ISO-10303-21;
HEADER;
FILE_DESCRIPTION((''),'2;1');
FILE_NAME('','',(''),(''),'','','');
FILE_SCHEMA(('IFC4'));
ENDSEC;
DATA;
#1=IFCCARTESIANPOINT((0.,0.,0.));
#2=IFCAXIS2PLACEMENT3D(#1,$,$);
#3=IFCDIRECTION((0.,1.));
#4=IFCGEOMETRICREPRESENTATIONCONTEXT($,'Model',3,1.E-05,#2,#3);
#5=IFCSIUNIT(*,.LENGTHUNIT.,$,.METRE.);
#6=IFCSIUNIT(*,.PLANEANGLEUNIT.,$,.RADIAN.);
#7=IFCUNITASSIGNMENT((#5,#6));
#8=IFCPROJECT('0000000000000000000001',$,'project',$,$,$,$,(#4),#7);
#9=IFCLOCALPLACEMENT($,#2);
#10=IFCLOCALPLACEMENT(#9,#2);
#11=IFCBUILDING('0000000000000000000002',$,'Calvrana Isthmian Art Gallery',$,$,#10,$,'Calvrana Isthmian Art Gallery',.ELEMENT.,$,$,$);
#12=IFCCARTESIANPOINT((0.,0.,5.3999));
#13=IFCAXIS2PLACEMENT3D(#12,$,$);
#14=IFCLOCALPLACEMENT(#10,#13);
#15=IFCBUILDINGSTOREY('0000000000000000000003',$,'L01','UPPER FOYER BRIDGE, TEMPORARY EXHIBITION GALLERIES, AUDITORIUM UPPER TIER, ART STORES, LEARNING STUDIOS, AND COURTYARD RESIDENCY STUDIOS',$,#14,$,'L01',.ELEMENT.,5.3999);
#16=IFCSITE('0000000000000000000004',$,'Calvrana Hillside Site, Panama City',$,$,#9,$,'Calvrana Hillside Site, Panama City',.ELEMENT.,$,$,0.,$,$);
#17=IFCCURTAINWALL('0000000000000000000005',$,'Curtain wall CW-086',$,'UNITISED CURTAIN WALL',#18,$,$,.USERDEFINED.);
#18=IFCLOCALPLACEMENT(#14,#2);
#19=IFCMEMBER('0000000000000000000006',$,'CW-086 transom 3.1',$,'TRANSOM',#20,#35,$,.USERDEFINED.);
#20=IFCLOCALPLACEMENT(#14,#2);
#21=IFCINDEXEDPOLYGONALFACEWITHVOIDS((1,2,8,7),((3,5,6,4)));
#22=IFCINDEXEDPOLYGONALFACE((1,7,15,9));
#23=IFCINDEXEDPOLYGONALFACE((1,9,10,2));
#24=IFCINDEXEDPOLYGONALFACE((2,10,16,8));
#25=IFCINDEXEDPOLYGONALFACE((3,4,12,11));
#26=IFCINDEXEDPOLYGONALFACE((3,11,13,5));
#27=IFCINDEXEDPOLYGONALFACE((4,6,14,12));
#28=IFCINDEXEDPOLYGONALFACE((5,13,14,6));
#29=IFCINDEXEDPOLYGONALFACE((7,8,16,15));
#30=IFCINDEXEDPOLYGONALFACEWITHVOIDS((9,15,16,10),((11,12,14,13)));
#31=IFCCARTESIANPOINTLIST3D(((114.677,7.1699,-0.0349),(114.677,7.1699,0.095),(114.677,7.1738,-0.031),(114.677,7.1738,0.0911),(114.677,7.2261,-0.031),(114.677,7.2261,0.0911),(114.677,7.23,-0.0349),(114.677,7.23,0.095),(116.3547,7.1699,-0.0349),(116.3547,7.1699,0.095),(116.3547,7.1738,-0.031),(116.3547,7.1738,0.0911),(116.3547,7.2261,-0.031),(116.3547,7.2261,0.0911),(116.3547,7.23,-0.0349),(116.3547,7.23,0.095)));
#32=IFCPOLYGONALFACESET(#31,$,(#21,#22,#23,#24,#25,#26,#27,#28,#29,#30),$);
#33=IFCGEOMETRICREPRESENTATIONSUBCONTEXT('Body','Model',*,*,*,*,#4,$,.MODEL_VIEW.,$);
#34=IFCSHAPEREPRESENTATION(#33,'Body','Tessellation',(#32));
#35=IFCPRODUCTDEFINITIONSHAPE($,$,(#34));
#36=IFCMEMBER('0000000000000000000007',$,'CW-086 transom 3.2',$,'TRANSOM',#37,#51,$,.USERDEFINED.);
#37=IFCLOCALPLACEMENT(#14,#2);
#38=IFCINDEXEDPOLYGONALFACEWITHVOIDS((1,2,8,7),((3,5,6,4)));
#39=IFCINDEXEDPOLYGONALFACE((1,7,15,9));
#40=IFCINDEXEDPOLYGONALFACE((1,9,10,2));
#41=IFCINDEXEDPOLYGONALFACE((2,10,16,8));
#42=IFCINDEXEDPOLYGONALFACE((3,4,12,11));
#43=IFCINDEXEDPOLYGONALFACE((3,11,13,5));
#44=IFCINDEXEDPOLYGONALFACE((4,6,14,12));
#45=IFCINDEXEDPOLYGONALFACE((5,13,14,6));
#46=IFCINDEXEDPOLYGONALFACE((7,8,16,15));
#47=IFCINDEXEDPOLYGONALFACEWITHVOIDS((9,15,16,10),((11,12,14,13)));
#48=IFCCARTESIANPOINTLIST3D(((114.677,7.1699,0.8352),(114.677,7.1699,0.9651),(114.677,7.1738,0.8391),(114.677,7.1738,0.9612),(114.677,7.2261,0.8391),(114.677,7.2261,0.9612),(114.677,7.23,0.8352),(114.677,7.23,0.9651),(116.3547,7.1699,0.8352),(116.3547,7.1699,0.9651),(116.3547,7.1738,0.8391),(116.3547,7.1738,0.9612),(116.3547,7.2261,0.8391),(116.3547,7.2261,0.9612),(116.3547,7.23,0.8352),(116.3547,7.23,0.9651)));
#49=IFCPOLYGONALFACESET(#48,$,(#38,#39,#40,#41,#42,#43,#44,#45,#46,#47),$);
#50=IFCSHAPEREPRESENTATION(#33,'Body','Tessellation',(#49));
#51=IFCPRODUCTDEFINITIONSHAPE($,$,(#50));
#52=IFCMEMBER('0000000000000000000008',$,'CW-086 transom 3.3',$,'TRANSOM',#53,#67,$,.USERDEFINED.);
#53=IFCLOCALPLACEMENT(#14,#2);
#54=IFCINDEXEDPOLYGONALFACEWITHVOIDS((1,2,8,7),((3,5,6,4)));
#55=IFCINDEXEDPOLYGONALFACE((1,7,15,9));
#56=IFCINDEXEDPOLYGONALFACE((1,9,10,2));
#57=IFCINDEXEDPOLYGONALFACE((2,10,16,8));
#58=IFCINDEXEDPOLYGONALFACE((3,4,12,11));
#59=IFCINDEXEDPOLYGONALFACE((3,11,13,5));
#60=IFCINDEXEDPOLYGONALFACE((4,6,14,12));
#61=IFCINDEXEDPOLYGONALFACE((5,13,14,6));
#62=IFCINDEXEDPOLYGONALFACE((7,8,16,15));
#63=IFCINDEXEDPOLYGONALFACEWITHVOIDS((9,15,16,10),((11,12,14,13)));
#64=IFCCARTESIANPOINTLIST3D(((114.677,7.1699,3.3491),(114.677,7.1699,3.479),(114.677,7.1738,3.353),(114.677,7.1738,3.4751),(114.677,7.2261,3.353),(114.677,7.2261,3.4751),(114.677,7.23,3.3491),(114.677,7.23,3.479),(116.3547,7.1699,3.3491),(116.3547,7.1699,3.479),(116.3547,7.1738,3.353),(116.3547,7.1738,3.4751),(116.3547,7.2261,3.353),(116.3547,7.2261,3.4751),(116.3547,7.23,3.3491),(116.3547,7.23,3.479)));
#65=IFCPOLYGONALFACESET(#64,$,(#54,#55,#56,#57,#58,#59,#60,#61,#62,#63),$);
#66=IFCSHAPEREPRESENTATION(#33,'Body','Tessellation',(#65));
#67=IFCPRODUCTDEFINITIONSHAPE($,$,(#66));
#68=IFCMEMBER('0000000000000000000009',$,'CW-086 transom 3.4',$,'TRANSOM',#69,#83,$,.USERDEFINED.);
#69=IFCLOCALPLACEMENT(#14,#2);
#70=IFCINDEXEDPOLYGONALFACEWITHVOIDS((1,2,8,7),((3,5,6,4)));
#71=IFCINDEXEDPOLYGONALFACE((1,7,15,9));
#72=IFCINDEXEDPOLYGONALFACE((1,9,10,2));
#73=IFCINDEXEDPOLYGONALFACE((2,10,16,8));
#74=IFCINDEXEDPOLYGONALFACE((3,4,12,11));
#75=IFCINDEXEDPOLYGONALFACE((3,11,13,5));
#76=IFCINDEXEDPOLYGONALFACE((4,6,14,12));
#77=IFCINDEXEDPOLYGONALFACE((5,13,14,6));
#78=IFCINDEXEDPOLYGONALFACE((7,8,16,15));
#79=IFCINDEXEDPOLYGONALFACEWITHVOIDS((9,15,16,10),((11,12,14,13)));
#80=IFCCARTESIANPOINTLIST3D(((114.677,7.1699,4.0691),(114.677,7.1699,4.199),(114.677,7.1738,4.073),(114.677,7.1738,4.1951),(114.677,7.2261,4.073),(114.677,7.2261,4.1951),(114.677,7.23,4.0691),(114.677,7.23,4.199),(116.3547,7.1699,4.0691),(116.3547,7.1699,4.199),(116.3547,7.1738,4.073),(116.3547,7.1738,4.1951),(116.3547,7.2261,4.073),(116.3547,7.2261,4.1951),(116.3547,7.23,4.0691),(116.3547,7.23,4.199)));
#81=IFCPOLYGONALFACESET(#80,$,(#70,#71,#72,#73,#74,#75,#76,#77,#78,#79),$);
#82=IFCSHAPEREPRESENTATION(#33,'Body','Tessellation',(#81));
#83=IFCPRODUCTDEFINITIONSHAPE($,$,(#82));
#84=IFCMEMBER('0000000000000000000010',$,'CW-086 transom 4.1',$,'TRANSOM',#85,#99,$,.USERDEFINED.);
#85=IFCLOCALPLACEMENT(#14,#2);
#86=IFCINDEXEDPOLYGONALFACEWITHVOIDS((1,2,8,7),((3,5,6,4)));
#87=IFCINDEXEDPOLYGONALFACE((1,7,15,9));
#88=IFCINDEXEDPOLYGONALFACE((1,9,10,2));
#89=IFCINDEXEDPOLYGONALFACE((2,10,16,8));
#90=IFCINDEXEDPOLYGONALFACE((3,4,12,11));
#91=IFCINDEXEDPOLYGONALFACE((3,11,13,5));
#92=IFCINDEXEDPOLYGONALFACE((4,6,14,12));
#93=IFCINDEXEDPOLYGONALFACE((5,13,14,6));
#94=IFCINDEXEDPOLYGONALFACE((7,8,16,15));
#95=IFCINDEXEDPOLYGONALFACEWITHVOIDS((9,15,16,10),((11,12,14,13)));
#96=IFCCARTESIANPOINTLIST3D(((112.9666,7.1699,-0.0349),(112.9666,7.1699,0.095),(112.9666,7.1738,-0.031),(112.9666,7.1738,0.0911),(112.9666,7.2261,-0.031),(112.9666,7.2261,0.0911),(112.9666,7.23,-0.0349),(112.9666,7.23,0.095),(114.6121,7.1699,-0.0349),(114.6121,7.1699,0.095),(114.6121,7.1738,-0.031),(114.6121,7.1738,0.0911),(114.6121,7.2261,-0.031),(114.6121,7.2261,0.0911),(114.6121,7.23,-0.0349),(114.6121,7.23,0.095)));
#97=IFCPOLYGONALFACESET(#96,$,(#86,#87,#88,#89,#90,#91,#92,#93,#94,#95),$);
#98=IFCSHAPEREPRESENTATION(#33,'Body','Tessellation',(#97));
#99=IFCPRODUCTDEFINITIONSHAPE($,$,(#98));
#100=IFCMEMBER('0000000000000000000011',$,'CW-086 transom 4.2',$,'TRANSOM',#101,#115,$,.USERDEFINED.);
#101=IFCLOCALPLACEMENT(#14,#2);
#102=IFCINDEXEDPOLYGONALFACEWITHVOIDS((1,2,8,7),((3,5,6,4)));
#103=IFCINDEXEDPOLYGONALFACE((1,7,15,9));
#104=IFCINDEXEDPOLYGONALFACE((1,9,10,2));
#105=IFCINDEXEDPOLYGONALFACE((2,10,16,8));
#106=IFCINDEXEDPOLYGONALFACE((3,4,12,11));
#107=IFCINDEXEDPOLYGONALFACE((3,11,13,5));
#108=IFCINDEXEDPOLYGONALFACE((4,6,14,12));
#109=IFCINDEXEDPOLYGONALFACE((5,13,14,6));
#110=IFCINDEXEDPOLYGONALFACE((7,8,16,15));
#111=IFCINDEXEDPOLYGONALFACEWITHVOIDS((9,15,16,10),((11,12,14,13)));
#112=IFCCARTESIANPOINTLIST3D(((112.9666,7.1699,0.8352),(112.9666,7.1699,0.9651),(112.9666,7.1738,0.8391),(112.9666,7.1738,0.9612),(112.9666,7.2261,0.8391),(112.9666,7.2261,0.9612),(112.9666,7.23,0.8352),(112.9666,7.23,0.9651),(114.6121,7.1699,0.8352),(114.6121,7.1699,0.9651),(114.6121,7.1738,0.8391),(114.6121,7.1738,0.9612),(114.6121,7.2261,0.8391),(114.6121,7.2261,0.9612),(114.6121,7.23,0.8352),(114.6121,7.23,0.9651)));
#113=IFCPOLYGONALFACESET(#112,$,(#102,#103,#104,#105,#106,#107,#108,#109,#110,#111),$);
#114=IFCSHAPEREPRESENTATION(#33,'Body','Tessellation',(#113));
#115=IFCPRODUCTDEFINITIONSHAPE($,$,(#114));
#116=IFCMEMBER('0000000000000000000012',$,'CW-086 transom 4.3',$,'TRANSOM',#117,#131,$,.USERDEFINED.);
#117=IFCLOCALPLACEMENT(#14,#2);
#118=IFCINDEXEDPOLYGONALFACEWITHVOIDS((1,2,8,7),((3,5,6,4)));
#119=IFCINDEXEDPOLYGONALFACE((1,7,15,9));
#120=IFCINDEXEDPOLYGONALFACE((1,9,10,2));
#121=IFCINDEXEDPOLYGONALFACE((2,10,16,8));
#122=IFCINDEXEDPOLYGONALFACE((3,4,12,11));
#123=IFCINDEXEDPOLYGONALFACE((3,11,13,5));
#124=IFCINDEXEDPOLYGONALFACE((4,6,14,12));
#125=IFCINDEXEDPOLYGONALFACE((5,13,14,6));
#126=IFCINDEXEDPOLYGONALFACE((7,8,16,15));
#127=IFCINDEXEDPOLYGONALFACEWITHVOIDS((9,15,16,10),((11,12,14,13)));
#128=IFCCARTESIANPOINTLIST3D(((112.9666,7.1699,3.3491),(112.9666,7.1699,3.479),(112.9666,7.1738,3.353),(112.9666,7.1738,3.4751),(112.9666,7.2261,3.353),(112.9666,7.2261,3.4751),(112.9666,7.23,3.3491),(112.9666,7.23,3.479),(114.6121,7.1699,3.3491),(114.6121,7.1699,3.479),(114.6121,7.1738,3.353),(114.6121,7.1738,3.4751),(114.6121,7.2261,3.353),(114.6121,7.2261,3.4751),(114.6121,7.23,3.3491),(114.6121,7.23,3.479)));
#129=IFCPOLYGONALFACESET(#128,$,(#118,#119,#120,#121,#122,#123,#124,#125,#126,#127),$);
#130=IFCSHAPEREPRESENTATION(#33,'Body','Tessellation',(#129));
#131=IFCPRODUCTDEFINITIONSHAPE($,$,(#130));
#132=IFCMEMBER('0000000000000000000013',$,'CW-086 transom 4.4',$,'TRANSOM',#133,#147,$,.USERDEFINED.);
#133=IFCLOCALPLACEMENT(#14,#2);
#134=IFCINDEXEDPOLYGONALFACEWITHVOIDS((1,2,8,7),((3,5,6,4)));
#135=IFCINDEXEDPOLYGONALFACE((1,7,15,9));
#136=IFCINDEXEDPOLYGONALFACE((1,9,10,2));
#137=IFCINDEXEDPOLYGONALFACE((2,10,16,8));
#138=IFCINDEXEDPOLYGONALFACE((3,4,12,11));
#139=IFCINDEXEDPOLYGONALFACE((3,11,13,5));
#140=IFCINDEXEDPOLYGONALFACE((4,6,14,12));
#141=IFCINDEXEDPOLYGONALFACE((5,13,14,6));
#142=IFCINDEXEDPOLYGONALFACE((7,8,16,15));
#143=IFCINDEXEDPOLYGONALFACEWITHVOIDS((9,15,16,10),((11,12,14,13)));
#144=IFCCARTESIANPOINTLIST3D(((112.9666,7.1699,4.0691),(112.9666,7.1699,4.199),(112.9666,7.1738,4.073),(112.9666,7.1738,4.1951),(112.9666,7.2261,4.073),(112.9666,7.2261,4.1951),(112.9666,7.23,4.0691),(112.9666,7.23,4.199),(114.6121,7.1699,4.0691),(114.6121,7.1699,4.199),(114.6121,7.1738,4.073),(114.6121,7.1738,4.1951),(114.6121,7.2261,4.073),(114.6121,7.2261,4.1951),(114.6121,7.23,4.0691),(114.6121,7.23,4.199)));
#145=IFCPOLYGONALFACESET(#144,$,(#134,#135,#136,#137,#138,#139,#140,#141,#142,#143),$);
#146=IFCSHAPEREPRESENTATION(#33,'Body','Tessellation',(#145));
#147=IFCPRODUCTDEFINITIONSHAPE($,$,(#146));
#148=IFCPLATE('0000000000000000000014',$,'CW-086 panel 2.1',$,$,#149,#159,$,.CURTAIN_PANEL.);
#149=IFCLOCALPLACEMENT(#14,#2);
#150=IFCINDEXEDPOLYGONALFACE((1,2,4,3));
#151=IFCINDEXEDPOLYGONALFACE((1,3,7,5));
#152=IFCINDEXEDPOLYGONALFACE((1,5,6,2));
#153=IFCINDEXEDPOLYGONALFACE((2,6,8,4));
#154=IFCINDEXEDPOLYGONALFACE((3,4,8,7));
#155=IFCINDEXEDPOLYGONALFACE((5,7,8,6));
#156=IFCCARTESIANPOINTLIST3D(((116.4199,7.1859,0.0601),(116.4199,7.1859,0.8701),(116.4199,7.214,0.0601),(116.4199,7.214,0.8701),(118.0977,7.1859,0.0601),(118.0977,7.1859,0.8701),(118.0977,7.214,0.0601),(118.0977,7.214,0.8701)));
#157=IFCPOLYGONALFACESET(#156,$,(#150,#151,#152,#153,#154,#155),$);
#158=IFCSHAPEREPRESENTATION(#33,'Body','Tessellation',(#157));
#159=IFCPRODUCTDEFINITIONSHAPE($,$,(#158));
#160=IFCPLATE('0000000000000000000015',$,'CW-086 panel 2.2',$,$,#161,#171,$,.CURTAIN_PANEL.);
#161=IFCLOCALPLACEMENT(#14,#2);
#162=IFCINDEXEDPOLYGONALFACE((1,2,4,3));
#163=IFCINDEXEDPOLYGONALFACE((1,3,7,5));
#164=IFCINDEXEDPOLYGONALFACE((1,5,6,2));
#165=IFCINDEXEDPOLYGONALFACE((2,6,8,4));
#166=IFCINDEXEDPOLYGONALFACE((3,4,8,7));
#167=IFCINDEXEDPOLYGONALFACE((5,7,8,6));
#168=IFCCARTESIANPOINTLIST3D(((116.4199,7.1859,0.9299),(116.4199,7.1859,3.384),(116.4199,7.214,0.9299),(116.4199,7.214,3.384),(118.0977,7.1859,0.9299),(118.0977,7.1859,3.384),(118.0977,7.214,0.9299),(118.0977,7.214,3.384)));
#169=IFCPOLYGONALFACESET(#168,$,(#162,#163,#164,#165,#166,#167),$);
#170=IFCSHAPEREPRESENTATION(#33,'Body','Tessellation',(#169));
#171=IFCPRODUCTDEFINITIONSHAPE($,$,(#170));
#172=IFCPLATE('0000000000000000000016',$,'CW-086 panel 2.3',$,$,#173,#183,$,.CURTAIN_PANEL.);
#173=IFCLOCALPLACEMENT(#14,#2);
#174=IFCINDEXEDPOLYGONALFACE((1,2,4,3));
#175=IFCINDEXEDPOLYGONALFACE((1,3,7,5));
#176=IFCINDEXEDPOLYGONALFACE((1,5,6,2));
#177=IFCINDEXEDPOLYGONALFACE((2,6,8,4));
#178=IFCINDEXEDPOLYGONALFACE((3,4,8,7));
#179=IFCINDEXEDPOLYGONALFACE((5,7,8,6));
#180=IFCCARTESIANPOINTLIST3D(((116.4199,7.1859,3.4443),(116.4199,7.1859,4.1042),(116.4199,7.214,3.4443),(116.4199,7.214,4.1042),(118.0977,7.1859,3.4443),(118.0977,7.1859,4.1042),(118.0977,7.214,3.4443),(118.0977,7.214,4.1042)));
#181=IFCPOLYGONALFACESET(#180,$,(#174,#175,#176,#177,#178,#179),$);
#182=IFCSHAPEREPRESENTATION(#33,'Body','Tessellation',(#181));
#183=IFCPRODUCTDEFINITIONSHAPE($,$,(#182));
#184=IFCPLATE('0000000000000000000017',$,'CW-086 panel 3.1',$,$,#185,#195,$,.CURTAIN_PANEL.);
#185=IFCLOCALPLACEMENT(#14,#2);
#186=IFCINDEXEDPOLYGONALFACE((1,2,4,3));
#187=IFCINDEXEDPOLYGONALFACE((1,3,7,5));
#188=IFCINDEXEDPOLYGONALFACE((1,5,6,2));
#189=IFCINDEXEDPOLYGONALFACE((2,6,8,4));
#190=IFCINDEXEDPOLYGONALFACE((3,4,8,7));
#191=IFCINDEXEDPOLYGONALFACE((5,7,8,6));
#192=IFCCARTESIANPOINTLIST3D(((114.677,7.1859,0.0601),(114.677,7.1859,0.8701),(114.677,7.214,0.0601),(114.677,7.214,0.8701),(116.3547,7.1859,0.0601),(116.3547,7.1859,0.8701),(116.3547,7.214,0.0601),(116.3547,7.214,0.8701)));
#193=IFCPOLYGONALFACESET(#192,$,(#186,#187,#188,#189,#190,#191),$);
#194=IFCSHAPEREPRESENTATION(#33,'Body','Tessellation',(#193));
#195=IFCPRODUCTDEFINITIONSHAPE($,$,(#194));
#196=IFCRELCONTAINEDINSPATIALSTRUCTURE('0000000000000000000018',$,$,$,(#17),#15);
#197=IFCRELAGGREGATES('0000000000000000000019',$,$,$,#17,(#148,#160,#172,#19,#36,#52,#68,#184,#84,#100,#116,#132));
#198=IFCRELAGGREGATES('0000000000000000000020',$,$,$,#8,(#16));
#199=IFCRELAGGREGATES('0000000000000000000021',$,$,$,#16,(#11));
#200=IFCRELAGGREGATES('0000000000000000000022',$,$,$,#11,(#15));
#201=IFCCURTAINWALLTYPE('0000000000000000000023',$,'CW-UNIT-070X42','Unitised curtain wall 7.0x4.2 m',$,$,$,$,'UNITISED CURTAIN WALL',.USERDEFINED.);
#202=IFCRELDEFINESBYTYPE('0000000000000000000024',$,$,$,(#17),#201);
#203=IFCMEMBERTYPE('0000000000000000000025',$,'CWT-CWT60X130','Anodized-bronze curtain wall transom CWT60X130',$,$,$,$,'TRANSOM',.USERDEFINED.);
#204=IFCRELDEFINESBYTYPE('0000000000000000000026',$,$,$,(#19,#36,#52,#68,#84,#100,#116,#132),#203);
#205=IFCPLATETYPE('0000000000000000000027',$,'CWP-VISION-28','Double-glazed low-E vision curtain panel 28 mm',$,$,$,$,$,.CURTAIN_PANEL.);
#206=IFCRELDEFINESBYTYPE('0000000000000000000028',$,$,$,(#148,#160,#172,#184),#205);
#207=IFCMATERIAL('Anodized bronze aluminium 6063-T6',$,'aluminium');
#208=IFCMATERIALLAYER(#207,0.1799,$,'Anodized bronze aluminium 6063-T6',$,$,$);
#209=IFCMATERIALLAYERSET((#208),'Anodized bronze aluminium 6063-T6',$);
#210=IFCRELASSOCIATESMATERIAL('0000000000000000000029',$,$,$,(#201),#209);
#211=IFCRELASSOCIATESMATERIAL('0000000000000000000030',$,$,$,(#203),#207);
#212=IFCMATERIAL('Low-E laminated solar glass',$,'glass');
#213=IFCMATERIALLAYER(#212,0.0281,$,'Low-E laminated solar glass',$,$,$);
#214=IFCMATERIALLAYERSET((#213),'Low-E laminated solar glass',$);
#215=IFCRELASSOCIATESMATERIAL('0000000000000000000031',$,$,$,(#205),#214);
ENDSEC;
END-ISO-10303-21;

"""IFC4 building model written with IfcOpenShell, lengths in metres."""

from ifc_helpers import new_model, si_unit, direction, frame, origin, origin_2d, place, context, subcontext, project, spatial, rectangle, hollow_rectangle, extrude, material, layer, layer_set, material_profile, profile_set, type_object, element, aggregate, save


model = new_model("IFC4")

# Units and contexts
model_context = context("Model", 3, precision=1e-05, world=origin(), true_north=direction((0.0, 1.0)))
body_context = subcontext(model_context, "Body", "Model", "MODEL_VIEW")
ifc_project = project(units=[si_unit("LENGTHUNIT", "METRE"), si_unit("PLANEANGLEUNIT", "RADIAN")], contexts=[model_context])

# Site, building, storey
site_placement = place(None, origin())
site = spatial("IfcSite", under=ifc_project, at=site_placement, Name="Calvrana Hillside Site, Panama City", LongName="Calvrana Hillside Site, Panama City", CompositionType="ELEMENT", RefElevation=0.0)
building_placement = place(site_placement, origin())
building = spatial("IfcBuilding", under=site, at=building_placement, Name="Calvrana Isthmian Art Gallery", LongName="Calvrana Isthmian Art Gallery", CompositionType="ELEMENT")
storey_placement = place(building_placement, frame((0.0, 0.0, 5.3999)))
storey = spatial("IfcBuildingStorey", under=building, at=storey_placement, Name="L01", Description="UPPER FOYER BRIDGE, TEMPORARY EXHIBITION GALLERIES, AUDITORIUM UPPER TIER, ART STORES, LEARNING STUDIOS, AND COURTYARD RESIDENCY STUDIOS", LongName="L01", CompositionType="ELEMENT", Elevation=5.3999)

# Curtain wall, members, plates
ifc_material_1 = material(Name="Anodized bronze aluminium 6063-T6", Category="aluminium")
ifc_layer_1 = layer(ifc_material_1, 0.1799, Name="Anodized bronze aluminium 6063-T6")
ifc_layer_set_1 = layer_set([ifc_layer_1], Name="Anodized bronze aluminium 6063-T6")
curtain_wall_type = type_object("IfcCurtainWallType", Name="CW-UNIT-070X42", Description="Unitised curtain wall 7.0x4.2 m", ElementType="UNITISED CURTAIN WALL", PredefinedType="USERDEFINED", material=ifc_layer_set_1)
curtain_wall_placement = place(storey_placement, origin())
curtain_wall = element("IfcCurtainWall", 1, at=curtain_wall_placement, inside=storey, type_object=curtain_wall_type, Name="Curtain wall CW-086", ObjectType="UNITISED CURTAIN WALL", PredefinedType="USERDEFINED")
ifc_material_profile_1 = material_profile(ifc_material_1, hollow_rectangle(XDim=0.0601, YDim=0.1299, WallThickness=0.0039, at=origin_2d()), Name="CWT60X130")
ifc_profile_set_1 = profile_set([ifc_material_profile_1], Name="Anodized bronze aluminium 6063-T6")
member_type_1 = type_object("IfcMemberType", Name="CWT-CWT60X130", Description="Anodized-bronze curtain wall transom CWT60X130", ElementType="TRANSOM", PredefinedType="USERDEFINED", material=ifc_profile_set_1)
member_1_placement = place(storey_placement, frame((116.3547, 7.2, 0.03), z_axis=(-1.0, 0.0, 0.0), x_axis=(0.0, -1.0, 0.0)))
member_1 = element("IfcMember", 2, at=member_1_placement, type_object=member_type_1, Name="CW-086 transom 3.1", ObjectType="TRANSOM", PredefinedType="USERDEFINED", context=body_context, shape_type="SweptSolid", body=[
    extrude(hollow_rectangle(XDim=0.0601, YDim=0.1299, WallThickness=0.0039, at=origin_2d()), origin(), (0.0, 0.0, 1.0), 1.6777),
])
member_2_placement = place(storey_placement, frame((116.3547, 7.2, 0.9001), z_axis=(-1.0, 0.0, 0.0), x_axis=(0.0, -1.0, 0.0)))
member_2 = element("IfcMember", 3, at=member_2_placement, type_object=member_type_1, Name="CW-086 transom 3.2", ObjectType="TRANSOM", PredefinedType="USERDEFINED", context=body_context, shape_type="SweptSolid", body=[
    extrude(hollow_rectangle(XDim=0.0601, YDim=0.1299, WallThickness=0.0039, at=origin_2d()), origin(), (0.0, 0.0, 1.0), 1.6777),
])
member_3_placement = place(storey_placement, frame((116.3547, 7.2, 3.4141), z_axis=(-1.0, 0.0, 0.0), x_axis=(0.0, -1.0, 0.0)))
member_3 = element("IfcMember", 4, at=member_3_placement, type_object=member_type_1, Name="CW-086 transom 3.3", ObjectType="TRANSOM", PredefinedType="USERDEFINED", context=body_context, shape_type="SweptSolid", body=[
    extrude(hollow_rectangle(XDim=0.0601, YDim=0.1299, WallThickness=0.0039, at=origin_2d()), origin(), (0.0, 0.0, 1.0), 1.6777),
])
member_4_placement = place(storey_placement, frame((116.3547, 7.2, 4.134), z_axis=(-1.0, 0.0, 0.0), x_axis=(0.0, -1.0, 0.0)))
member_4 = element("IfcMember", 5, at=member_4_placement, type_object=member_type_1, Name="CW-086 transom 3.4", ObjectType="TRANSOM", PredefinedType="USERDEFINED", context=body_context, shape_type="SweptSolid", body=[
    extrude(hollow_rectangle(XDim=0.0601, YDim=0.1299, WallThickness=0.0039, at=origin_2d()), origin(), (0.0, 0.0, 1.0), 1.6777),
])
member_5_placement = place(storey_placement, frame((114.6121, 7.2, 0.03), z_axis=(-1.0, 0.0, 0.0), x_axis=(0.0, -1.0, 0.0)))
member_5 = element("IfcMember", 6, at=member_5_placement, type_object=member_type_1, Name="CW-086 transom 4.1", ObjectType="TRANSOM", PredefinedType="USERDEFINED", context=body_context, shape_type="SweptSolid", body=[
    extrude(hollow_rectangle(XDim=0.0601, YDim=0.1299, WallThickness=0.0039, at=origin_2d()), origin(), (0.0, 0.0, 1.0), 1.6455),
])
member_6_placement = place(storey_placement, frame((114.6121, 7.2, 0.9001), z_axis=(-1.0, 0.0, 0.0), x_axis=(0.0, -1.0, 0.0)))
member_6 = element("IfcMember", 7, at=member_6_placement, type_object=member_type_1, Name="CW-086 transom 4.2", ObjectType="TRANSOM", PredefinedType="USERDEFINED", context=body_context, shape_type="SweptSolid", body=[
    extrude(hollow_rectangle(XDim=0.0601, YDim=0.1299, WallThickness=0.0039, at=origin_2d()), origin(), (0.0, 0.0, 1.0), 1.6455),
])
member_7_placement = place(storey_placement, frame((114.6121, 7.2, 3.4141), z_axis=(-1.0, 0.0, 0.0), x_axis=(0.0, -1.0, 0.0)))
member_7 = element("IfcMember", 8, at=member_7_placement, type_object=member_type_1, Name="CW-086 transom 4.3", ObjectType="TRANSOM", PredefinedType="USERDEFINED", context=body_context, shape_type="SweptSolid", body=[
    extrude(hollow_rectangle(XDim=0.0601, YDim=0.1299, WallThickness=0.0039, at=origin_2d()), origin(), (0.0, 0.0, 1.0), 1.6455),
])
member_8_placement = place(storey_placement, frame((114.6121, 7.2, 4.134), z_axis=(-1.0, 0.0, 0.0), x_axis=(0.0, -1.0, 0.0)))
member_8 = element("IfcMember", 9, at=member_8_placement, type_object=member_type_1, Name="CW-086 transom 4.4", ObjectType="TRANSOM", PredefinedType="USERDEFINED", context=body_context, shape_type="SweptSolid", body=[
    extrude(hollow_rectangle(XDim=0.0601, YDim=0.1299, WallThickness=0.0039, at=origin_2d()), origin(), (0.0, 0.0, 1.0), 1.6455),
])
ifc_material_2 = material(Name="Low-E laminated solar glass", Category="glass")
ifc_layer_2 = layer(ifc_material_2, 0.0281, Name="Low-E laminated solar glass")
ifc_layer_set_2 = layer_set([ifc_layer_2], Name="Low-E laminated solar glass")
plate_type = type_object("IfcPlateType", Name="CWP-VISION-28", Description="Double-glazed low-E vision curtain panel 28 mm", PredefinedType="CURTAIN_PANEL", material=ifc_layer_set_2)
plate_1_placement = place(storey_placement, frame((117.2588, 7.2, 0.0601), z_axis=(0.0, 0.0, 1.0), x_axis=(-1.0, 0.0, 0.0)))
plate_1 = element("IfcPlate", 10, at=plate_1_placement, type_object=plate_type, Name="CW-086 panel 2.1", PredefinedType="CURTAIN_PANEL", context=body_context, shape_type="SweptSolid", body=[
    extrude(rectangle(XDim=1.6777, YDim=0.0281, at=origin_2d()), origin(), (0.0, 0.0, 1.0), 0.8101),
])
plate_2_placement = place(storey_placement, frame((117.2588, 7.2, 0.9299), z_axis=(0.0, 0.0, 1.0), x_axis=(-1.0, 0.0, 0.0)))
plate_2 = element("IfcPlate", 11, at=plate_2_placement, type_object=plate_type, Name="CW-086 panel 2.2", PredefinedType="CURTAIN_PANEL", context=body_context, shape_type="SweptSolid", body=[
    extrude(rectangle(XDim=1.6777, YDim=0.0281, at=origin_2d()), origin(), (0.0, 0.0, 1.0), 2.4541),
])
plate_3_placement = place(storey_placement, frame((117.2588, 7.2, 3.4443), z_axis=(0.0, 0.0, 1.0), x_axis=(-1.0, 0.0, 0.0)))
plate_3 = element("IfcPlate", 12, at=plate_3_placement, type_object=plate_type, Name="CW-086 panel 2.3", PredefinedType="CURTAIN_PANEL", context=body_context, shape_type="SweptSolid", body=[
    extrude(rectangle(XDim=1.6777, YDim=0.0281, at=origin_2d()), origin(), (0.0, 0.0, 1.0), 0.6599),
])
plate_4_placement = place(storey_placement, frame((115.5159, 7.2, 0.0601), z_axis=(0.0, 0.0, 1.0), x_axis=(-1.0, 0.0, 0.0)))
plate_4 = element("IfcPlate", 13, at=plate_4_placement, type_object=plate_type, Name="CW-086 panel 3.1", PredefinedType="CURTAIN_PANEL", context=body_context, shape_type="SweptSolid", body=[
    extrude(rectangle(XDim=1.6777, YDim=0.0281, at=origin_2d()), origin(), (0.0, 0.0, 1.0), 0.8101),
])
aggregate(curtain_wall, [plate_1, plate_2, plate_3, member_1, member_2, member_3, member_4, plate_4, member_5, member_6, member_7, member_8])

save(model, "model.ifc")
